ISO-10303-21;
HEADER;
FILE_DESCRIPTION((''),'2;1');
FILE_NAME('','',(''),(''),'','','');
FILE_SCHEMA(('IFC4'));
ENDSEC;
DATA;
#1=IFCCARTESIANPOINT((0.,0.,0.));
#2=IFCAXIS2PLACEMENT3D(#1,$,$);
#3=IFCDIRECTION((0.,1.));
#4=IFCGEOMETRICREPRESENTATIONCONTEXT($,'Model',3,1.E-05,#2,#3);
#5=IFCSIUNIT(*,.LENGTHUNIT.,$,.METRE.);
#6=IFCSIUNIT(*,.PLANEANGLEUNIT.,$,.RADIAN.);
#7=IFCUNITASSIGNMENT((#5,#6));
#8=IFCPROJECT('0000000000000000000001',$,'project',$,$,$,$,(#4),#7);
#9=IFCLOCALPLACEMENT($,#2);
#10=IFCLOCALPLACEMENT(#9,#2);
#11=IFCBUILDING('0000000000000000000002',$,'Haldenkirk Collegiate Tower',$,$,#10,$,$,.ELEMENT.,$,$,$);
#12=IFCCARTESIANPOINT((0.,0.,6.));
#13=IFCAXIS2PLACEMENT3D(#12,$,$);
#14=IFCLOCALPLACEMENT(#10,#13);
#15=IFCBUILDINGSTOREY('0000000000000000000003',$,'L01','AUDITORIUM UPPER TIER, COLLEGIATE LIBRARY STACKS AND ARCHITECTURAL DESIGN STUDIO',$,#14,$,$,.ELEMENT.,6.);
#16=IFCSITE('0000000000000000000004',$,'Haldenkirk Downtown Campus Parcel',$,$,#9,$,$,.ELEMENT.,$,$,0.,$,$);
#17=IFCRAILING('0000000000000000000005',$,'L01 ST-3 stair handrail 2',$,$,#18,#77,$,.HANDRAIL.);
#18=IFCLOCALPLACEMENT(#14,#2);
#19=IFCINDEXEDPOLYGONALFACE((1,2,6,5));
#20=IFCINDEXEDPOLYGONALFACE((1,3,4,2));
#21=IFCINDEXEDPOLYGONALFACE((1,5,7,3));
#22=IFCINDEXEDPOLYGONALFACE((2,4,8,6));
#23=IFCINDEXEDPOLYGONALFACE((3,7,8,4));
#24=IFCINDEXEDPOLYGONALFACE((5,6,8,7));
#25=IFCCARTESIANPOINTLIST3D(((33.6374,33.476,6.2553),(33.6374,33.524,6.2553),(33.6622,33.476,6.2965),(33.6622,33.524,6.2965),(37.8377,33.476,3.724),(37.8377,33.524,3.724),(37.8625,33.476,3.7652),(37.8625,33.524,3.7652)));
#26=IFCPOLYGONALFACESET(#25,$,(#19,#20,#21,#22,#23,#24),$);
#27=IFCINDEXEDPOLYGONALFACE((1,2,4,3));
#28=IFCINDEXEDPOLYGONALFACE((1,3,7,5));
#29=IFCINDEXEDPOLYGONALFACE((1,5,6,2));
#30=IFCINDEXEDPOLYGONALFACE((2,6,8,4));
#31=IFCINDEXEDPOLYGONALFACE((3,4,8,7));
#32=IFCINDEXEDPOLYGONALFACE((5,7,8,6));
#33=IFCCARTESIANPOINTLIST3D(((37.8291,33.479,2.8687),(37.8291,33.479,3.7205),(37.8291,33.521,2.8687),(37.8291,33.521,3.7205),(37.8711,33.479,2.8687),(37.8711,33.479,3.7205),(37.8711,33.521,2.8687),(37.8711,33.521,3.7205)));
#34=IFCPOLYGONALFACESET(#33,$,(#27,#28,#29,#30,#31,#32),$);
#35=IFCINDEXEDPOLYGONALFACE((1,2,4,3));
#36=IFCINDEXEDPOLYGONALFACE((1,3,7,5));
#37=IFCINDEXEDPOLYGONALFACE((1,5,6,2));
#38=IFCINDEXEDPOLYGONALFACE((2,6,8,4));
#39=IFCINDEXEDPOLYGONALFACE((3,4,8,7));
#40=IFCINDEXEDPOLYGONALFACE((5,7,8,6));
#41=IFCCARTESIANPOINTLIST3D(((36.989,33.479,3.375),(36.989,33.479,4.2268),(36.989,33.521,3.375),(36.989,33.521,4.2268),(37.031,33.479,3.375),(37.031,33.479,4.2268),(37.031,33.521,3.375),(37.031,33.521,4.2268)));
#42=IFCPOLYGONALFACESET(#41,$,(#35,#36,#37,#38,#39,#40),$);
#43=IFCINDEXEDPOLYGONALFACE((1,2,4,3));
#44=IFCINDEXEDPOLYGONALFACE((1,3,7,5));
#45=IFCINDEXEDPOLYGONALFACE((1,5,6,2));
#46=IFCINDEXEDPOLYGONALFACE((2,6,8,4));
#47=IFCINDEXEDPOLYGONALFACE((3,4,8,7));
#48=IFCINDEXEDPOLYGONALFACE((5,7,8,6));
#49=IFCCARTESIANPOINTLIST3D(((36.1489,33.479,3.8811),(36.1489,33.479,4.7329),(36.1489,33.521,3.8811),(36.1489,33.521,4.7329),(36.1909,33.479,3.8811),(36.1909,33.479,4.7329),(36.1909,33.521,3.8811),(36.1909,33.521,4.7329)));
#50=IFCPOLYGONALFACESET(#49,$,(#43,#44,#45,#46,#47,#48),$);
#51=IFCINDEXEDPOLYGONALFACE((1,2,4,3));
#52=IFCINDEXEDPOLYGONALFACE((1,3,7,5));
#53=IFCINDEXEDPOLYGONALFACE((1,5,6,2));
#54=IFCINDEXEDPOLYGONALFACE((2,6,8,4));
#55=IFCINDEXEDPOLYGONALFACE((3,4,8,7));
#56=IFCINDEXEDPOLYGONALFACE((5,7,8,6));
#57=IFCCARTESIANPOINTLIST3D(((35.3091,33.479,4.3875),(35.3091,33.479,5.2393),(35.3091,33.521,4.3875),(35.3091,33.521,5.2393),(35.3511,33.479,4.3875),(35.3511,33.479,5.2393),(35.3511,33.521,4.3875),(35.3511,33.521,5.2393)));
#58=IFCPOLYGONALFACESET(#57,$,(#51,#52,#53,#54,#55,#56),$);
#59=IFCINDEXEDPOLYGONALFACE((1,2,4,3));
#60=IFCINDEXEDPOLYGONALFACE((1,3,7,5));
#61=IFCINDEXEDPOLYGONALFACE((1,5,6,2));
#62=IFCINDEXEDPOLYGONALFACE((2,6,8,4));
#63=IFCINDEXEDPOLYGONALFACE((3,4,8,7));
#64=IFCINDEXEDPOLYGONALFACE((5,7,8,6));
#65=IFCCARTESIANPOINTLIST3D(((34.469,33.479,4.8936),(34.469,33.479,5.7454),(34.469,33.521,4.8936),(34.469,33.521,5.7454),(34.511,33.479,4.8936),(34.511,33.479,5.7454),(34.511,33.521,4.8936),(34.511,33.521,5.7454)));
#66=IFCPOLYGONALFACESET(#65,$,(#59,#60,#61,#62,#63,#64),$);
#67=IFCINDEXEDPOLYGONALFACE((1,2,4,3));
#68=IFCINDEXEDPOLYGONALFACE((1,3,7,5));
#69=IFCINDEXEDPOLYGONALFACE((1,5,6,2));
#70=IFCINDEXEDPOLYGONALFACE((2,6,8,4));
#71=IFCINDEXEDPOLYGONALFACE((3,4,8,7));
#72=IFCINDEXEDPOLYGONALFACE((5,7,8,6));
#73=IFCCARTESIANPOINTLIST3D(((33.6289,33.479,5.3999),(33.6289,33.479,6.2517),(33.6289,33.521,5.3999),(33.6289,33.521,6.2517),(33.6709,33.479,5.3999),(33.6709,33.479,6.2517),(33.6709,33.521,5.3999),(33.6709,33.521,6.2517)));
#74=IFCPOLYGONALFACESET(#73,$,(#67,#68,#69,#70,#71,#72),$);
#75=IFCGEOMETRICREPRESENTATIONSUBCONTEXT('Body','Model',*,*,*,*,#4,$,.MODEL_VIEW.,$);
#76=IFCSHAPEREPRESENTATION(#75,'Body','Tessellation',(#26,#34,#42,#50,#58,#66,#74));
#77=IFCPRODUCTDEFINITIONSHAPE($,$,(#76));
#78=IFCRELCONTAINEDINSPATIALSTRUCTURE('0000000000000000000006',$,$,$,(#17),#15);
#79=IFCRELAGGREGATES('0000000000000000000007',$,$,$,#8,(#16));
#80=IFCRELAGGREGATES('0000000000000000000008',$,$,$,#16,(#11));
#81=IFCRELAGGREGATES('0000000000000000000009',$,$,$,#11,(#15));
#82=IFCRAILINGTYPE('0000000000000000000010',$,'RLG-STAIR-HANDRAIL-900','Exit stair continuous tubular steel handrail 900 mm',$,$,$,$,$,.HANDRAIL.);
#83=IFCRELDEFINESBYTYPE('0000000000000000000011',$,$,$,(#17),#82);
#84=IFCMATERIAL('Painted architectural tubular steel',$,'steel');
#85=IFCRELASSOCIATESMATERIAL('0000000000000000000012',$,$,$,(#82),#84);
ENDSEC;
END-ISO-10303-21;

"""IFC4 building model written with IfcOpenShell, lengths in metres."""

from ifc_helpers import new_model, si_unit, direction, frame, origin, origin_2d, place, context, subcontext, project, spatial, rectangle, extrude, material, type_object, element, save


model = new_model("IFC4")

# Units and contexts
model_context = context("Model", 3, precision=1e-05, world=origin(), true_north=direction((0.0, 1.0)))
body_context = subcontext(model_context, "Body", "Model", "MODEL_VIEW")
ifc_project = project(units=[si_unit("LENGTHUNIT", "METRE"), si_unit("PLANEANGLEUNIT", "RADIAN")], contexts=[model_context])

# Site, building, storey
site_placement = place(None, origin())
site = spatial("IfcSite", under=ifc_project, at=site_placement, Name="Haldenkirk Downtown Campus Parcel", CompositionType="ELEMENT", RefElevation=0.0)
building_placement = place(site_placement, origin())
building = spatial("IfcBuilding", under=site, at=building_placement, Name="Haldenkirk Collegiate Tower", CompositionType="ELEMENT")
storey_placement = place(building_placement, frame((0.0, 0.0, 6.0)))
storey = spatial("IfcBuildingStorey", under=building, at=storey_placement, Name="L01", Description="AUDITORIUM UPPER TIER, COLLEGIATE LIBRARY STACKS AND ARCHITECTURAL DESIGN STUDIO", CompositionType="ELEMENT", Elevation=6.0)

# Railing
ifc_material_1 = material(Name="Painted architectural tubular steel", Category="steel")
railing_type_1 = type_object("IfcRailingType", Name="RLG-STAIR-HANDRAIL-900", Description="Exit stair continuous tubular steel handrail 900 mm", PredefinedType="HANDRAIL", material=ifc_material_1)
railing_1_placement = place(storey_placement, frame((37.8501, 33.5, 2.8687)))
element("IfcRailing", 1, at=railing_1_placement, inside=storey, type_object=railing_type_1, Name="L01 ST-3 stair handrail 2", PredefinedType="HANDRAIL", context=body_context, shape_type="SweptSolid", body=[
    extrude(rectangle(XDim=0.0481, YDim=0.0481, at=origin_2d()), frame((0.0, 0.0, 0.876), z_axis=(-0.85649, 0.0, 0.516164), x_axis=(0.0, -1.0, 0.0)), (0.0, 0.0, 1.0), 4.9041),
    extrude(rectangle(XDim=0.042, YDim=0.042, at=origin_2d()), origin(), (0.0, 0.0, 1.0), 0.8518),
    extrude(rectangle(XDim=0.042, YDim=0.042, at=origin_2d()), frame((-0.8401, 0.0, 0.5063)), (0.0, 0.0, 1.0), 0.8518),
    extrude(rectangle(XDim=0.042, YDim=0.042, at=origin_2d()), frame((-1.6802, 0.0, 1.0125)), (0.0, 0.0, 1.0), 0.8518),
    extrude(rectangle(XDim=0.042, YDim=0.042, at=origin_2d()), frame((-2.52, 0.0, 1.5188)), (0.0, 0.0, 1.0), 0.8518),
    extrude(rectangle(XDim=0.042, YDim=0.042, at=origin_2d()), frame((-3.3601, 0.0, 2.0249)), (0.0, 0.0, 1.0), 0.8518),
    extrude(rectangle(XDim=0.042, YDim=0.042, at=origin_2d()), frame((-4.2002, 0.0, 2.5312)), (0.0, 0.0, 1.0), 0.8518),
])

save(model, "model.ifc")
